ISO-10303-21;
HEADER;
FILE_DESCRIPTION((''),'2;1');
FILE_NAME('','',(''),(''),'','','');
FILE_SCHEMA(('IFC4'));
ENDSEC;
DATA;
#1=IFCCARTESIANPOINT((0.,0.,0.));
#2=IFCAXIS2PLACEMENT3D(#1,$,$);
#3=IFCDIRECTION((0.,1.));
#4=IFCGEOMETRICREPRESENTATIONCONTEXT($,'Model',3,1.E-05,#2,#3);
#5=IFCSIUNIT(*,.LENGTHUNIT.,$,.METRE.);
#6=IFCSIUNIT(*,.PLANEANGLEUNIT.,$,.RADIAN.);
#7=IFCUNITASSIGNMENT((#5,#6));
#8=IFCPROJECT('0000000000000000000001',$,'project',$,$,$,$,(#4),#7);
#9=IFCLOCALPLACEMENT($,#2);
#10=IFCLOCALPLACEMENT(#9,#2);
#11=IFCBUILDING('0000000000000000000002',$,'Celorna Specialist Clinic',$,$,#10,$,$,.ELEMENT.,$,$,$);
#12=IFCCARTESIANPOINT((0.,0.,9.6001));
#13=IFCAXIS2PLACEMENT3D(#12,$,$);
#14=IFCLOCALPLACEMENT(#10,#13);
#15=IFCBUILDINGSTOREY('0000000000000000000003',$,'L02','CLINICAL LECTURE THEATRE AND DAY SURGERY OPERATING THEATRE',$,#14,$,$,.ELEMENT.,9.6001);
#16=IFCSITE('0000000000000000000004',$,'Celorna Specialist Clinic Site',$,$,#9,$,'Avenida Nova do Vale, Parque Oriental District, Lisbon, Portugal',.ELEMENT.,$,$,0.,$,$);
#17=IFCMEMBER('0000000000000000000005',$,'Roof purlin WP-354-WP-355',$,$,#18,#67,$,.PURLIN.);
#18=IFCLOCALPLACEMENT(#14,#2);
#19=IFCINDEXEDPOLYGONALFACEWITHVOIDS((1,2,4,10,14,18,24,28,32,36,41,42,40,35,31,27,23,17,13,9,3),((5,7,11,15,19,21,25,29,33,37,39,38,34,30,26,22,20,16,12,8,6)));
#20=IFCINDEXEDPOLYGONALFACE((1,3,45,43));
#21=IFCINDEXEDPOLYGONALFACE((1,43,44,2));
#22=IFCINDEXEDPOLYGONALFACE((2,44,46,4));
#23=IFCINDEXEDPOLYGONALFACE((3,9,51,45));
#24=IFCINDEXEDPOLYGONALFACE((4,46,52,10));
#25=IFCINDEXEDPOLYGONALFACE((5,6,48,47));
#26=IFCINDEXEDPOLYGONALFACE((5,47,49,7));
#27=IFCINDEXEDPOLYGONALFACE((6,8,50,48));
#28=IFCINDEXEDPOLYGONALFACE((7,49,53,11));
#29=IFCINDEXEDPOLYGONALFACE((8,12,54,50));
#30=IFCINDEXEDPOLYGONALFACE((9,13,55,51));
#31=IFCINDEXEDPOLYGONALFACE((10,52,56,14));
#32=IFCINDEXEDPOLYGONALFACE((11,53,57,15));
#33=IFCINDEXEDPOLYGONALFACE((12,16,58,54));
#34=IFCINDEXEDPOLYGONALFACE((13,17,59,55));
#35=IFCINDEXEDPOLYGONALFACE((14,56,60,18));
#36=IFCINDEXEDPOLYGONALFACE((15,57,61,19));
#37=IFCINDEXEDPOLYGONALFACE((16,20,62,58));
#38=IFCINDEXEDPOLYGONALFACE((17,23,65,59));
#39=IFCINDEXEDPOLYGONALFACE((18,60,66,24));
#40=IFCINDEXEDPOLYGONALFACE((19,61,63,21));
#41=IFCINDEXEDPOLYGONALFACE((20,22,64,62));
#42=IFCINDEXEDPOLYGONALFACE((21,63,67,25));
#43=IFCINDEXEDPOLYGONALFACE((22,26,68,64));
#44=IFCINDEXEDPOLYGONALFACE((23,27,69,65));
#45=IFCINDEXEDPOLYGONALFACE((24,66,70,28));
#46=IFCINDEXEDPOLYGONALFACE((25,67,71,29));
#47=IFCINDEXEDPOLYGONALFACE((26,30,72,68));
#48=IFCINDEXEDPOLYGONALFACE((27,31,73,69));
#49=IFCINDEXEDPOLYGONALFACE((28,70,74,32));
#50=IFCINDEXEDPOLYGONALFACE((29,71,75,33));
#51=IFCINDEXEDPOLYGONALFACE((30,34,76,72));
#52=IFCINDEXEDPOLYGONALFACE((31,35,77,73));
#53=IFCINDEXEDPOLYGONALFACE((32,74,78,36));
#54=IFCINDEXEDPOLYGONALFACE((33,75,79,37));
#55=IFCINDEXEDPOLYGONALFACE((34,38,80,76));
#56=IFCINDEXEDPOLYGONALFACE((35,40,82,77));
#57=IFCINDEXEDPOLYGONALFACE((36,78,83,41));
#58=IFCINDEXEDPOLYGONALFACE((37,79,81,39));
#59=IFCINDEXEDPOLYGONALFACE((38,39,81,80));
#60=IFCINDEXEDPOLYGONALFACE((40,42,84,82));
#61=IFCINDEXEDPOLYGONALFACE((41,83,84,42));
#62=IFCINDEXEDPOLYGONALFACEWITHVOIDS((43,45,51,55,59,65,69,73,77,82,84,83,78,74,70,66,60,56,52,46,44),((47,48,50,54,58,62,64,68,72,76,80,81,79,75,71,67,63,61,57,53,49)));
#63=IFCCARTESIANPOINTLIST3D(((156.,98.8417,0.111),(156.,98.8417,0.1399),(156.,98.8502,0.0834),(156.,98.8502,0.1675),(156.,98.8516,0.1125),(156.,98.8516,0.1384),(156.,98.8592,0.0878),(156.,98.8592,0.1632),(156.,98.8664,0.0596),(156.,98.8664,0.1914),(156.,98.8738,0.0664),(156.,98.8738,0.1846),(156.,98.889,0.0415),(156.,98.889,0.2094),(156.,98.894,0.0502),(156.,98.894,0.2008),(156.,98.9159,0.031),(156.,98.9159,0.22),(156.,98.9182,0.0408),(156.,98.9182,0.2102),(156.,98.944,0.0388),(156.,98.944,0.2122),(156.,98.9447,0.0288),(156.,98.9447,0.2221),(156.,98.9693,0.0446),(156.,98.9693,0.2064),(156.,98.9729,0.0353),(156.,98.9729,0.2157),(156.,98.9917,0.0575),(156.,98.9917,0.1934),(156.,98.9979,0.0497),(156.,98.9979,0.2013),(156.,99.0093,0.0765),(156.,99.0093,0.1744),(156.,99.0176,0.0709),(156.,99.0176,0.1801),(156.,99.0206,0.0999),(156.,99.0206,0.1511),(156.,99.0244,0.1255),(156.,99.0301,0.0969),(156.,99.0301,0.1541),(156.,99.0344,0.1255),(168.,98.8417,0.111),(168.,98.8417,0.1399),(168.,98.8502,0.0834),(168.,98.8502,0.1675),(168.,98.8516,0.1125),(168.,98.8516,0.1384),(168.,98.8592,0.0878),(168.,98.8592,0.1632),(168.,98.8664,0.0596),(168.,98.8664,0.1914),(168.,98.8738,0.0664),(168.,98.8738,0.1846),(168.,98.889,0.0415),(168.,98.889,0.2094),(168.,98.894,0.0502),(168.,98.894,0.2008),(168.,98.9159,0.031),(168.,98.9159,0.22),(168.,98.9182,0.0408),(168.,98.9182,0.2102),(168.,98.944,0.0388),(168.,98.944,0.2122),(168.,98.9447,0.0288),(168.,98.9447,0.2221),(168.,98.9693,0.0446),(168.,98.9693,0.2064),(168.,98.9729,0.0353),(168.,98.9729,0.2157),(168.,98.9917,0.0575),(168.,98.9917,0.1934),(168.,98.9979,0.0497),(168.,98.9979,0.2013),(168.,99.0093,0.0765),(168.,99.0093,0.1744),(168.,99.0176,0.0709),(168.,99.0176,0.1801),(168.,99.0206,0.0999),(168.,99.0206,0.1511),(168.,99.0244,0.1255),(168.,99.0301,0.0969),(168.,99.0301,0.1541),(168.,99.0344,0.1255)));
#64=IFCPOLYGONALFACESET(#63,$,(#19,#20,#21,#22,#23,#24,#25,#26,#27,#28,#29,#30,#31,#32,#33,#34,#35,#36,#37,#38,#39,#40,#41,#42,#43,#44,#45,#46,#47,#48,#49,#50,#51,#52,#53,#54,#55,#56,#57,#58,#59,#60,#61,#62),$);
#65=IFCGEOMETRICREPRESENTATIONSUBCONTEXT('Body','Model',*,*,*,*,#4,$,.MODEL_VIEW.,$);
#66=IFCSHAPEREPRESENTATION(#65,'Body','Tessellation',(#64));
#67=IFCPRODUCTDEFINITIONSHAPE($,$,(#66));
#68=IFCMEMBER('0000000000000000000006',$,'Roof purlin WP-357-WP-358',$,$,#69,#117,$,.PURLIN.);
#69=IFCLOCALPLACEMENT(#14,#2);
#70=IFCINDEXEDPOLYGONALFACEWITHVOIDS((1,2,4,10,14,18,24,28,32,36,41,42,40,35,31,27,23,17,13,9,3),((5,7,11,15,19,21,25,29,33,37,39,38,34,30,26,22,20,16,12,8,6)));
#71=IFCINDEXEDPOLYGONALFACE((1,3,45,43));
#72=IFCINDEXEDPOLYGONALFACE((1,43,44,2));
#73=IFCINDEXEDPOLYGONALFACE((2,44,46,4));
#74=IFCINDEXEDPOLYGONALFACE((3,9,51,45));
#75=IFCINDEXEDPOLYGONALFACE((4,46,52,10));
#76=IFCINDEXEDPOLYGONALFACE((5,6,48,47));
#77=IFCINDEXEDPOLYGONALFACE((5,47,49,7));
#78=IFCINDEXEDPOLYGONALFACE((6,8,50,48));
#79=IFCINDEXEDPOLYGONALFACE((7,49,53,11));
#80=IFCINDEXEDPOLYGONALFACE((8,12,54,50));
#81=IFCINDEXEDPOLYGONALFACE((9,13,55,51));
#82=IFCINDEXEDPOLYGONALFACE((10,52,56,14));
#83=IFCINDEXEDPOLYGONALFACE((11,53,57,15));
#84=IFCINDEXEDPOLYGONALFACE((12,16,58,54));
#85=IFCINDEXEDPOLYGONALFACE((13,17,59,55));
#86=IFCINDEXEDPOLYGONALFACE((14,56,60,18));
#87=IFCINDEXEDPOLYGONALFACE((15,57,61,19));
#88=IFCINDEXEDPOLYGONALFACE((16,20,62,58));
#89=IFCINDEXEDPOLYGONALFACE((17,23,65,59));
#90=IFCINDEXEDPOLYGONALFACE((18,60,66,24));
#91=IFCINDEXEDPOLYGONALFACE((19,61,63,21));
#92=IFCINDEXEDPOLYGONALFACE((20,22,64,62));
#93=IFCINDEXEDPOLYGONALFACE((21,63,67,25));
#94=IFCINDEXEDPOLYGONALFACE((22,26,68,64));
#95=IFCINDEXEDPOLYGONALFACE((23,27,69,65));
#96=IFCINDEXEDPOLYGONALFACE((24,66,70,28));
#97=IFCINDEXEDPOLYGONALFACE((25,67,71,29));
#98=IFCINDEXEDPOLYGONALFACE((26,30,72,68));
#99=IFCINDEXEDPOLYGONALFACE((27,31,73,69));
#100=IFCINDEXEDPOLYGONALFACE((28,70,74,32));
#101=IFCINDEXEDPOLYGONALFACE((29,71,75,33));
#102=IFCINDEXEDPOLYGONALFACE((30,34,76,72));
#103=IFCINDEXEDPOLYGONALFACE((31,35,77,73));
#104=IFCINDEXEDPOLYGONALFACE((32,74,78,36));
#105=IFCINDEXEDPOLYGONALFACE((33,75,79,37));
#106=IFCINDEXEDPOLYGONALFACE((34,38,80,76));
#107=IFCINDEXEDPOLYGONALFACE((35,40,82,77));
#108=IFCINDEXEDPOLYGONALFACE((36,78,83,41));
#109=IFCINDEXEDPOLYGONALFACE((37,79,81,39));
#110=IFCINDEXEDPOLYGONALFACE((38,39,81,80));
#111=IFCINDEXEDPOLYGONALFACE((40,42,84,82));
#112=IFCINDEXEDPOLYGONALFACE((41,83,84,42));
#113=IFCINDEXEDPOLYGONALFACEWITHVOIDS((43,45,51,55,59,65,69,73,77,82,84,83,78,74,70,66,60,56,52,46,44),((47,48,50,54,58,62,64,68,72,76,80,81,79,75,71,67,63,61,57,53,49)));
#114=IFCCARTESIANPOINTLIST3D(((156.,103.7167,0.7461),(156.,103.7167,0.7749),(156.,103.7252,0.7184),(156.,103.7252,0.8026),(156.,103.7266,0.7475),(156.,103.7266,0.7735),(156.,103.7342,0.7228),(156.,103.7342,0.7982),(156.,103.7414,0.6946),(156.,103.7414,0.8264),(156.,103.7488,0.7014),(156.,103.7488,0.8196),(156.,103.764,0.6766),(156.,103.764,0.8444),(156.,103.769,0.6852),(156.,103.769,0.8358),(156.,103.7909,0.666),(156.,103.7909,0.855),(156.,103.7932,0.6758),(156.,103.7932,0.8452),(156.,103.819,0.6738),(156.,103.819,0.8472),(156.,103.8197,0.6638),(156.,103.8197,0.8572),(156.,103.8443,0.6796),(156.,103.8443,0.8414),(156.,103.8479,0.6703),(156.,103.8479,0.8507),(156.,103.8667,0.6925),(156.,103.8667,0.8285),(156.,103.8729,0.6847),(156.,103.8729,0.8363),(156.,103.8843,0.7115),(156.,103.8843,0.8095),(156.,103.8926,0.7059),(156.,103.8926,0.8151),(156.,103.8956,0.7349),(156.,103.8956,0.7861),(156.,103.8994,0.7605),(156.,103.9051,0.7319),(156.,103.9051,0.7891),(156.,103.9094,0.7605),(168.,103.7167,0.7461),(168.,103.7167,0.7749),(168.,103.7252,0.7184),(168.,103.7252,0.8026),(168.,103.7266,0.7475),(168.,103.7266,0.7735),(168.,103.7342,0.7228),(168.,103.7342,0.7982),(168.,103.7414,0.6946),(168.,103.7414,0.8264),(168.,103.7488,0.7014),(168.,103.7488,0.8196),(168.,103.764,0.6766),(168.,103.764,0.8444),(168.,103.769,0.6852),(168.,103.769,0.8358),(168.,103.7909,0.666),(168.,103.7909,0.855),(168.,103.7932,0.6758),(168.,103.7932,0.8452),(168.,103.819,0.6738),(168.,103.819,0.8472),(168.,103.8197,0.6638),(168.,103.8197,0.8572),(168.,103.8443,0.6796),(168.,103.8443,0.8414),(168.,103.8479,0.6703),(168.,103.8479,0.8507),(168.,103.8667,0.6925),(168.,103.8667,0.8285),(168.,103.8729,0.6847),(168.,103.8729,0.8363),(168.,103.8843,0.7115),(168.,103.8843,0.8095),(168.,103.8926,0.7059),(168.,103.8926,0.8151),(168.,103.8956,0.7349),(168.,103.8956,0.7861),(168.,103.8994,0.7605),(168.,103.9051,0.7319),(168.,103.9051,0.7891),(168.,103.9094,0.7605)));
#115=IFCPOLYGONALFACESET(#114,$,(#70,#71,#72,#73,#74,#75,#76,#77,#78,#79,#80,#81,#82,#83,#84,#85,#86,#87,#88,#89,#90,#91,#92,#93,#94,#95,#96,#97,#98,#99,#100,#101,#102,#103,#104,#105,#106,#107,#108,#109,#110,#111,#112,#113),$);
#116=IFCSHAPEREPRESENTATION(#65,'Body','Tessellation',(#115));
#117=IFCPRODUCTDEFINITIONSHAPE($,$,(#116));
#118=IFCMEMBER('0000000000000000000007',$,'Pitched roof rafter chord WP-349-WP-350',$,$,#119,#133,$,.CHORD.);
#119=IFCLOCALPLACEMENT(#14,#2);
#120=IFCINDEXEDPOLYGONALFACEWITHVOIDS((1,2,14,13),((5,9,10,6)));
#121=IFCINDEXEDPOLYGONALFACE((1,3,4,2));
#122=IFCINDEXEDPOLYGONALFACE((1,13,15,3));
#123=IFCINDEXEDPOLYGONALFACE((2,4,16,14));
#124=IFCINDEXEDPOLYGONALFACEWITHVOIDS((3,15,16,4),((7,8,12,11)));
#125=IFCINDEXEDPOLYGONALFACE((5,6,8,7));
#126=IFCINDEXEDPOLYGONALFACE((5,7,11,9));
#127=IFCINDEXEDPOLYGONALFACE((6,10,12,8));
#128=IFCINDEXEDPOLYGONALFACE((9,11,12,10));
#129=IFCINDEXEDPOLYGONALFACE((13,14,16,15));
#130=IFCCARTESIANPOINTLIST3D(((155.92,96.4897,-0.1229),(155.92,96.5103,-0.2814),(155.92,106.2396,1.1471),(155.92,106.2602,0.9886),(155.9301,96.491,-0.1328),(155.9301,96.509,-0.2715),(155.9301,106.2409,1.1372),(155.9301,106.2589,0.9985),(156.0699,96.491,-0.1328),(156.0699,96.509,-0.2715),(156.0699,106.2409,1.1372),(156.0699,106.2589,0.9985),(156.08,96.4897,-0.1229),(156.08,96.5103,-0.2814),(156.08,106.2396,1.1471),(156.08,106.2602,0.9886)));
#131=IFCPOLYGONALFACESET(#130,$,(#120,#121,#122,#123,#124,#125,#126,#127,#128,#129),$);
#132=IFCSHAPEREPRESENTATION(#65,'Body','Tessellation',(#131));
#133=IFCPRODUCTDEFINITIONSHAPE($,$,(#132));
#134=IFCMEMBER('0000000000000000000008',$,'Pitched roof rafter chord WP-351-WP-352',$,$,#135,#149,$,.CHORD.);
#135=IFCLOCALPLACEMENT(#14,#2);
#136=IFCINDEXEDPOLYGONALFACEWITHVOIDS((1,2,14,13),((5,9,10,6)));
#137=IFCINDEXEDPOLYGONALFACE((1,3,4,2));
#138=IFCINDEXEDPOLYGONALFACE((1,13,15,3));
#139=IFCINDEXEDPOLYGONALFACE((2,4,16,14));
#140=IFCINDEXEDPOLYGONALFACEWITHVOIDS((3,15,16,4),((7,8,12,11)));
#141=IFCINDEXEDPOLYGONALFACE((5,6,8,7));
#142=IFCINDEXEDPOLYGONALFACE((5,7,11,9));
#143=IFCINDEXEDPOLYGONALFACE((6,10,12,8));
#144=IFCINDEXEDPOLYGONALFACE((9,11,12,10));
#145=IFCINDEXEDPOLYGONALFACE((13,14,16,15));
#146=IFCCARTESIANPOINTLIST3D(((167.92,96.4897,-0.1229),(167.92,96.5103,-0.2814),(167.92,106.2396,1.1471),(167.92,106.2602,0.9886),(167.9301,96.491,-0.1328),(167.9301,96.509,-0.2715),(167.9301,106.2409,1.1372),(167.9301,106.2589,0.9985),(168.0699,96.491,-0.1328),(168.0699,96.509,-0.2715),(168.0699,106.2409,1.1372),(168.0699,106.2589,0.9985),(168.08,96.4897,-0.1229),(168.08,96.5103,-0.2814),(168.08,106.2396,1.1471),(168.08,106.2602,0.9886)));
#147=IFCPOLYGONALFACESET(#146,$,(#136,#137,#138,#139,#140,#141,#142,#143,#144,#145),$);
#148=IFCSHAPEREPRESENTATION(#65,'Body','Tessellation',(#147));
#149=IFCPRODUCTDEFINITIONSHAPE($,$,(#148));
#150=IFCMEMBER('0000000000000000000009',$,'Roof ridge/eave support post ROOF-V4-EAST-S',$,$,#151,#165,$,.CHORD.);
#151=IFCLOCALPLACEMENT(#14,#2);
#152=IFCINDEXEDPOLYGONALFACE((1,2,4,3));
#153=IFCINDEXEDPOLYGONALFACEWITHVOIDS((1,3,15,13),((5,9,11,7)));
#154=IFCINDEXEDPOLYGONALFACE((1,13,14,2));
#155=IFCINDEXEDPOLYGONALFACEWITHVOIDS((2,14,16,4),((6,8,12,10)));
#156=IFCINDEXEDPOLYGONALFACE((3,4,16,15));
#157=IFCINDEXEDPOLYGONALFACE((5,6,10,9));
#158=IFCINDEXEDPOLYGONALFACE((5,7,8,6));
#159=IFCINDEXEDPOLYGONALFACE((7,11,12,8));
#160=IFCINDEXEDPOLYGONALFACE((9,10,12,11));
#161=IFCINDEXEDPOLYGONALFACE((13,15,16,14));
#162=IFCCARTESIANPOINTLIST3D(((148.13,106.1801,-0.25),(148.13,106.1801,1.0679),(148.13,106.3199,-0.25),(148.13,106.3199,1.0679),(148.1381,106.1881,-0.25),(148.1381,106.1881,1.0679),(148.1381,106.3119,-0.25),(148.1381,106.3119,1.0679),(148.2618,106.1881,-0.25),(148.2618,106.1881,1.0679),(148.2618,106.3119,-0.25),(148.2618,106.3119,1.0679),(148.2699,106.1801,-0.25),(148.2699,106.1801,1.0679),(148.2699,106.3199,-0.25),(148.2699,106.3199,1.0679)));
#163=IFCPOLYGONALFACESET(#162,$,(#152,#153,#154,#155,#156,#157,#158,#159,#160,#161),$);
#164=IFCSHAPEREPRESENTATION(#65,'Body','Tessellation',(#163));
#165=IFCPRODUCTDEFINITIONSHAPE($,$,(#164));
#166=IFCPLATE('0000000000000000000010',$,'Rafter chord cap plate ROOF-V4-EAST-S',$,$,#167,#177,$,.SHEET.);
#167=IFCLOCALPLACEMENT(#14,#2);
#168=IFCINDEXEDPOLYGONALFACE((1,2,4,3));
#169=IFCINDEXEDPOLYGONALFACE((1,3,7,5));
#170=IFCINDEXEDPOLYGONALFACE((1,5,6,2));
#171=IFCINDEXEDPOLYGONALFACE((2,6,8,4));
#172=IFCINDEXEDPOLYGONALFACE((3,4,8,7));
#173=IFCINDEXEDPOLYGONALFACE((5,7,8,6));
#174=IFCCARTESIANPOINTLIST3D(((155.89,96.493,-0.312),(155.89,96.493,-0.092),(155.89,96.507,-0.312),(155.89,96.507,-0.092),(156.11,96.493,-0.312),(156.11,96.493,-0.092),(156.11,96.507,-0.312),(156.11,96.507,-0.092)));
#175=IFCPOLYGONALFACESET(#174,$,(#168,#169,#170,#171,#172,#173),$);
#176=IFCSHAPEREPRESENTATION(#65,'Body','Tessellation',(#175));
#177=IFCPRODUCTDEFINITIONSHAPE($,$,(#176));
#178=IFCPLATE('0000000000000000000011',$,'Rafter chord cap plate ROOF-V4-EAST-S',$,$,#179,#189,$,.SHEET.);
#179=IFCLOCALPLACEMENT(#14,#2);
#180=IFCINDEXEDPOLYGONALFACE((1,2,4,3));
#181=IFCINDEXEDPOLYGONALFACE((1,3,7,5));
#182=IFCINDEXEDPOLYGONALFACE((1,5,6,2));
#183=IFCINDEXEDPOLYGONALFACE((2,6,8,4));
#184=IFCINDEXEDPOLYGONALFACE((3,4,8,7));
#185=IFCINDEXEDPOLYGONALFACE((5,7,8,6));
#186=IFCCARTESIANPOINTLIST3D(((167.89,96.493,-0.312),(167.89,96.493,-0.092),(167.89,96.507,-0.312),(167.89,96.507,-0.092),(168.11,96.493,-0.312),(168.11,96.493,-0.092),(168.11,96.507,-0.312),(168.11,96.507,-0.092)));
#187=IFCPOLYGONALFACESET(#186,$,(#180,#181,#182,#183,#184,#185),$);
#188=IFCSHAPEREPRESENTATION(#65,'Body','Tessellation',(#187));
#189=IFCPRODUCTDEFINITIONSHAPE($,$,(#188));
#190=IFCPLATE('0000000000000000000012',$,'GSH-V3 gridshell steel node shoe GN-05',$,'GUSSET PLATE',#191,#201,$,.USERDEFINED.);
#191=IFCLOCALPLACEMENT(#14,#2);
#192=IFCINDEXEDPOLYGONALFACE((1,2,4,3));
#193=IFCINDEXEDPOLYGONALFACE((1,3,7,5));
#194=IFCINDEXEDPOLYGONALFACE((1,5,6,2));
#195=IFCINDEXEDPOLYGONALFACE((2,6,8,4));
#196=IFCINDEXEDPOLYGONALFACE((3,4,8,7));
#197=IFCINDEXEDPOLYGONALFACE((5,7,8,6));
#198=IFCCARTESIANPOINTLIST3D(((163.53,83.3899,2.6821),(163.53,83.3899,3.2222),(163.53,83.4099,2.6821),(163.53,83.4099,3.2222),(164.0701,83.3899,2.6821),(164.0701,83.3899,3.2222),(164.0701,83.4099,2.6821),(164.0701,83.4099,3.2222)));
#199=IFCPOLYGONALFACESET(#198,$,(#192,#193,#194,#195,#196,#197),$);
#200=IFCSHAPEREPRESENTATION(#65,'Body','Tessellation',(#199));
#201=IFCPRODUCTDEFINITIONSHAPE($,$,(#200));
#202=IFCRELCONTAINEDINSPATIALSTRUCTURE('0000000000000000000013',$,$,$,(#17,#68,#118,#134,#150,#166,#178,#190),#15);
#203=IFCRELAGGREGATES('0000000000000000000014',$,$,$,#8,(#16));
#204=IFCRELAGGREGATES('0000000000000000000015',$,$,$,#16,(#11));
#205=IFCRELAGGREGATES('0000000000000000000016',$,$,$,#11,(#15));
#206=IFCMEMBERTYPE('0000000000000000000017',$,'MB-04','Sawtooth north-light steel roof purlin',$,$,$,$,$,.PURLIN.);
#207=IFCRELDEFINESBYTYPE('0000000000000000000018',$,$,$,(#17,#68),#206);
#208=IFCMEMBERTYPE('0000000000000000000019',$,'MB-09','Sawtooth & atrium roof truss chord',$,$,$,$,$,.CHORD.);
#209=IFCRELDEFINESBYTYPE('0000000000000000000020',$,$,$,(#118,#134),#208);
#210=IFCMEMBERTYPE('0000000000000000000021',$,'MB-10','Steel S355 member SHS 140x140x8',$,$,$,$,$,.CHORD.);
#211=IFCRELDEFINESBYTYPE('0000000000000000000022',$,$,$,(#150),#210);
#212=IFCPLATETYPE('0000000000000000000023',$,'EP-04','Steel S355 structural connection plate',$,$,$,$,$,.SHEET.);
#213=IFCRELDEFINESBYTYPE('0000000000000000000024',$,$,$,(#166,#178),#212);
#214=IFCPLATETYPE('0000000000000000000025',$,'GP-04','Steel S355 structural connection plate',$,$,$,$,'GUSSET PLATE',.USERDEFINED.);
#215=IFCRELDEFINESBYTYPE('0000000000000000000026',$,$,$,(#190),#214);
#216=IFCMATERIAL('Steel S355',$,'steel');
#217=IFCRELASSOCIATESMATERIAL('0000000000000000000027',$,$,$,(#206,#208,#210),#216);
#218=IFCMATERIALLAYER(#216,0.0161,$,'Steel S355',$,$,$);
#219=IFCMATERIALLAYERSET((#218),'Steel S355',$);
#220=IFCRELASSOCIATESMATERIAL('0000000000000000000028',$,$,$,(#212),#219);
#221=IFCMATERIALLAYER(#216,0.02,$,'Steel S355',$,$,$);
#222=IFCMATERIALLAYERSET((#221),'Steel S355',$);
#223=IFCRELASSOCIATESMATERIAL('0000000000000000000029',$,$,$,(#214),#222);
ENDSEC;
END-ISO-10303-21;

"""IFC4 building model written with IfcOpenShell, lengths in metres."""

from ifc_helpers import new_model, si_unit, direction, frame, origin, origin_2d, place, context, subcontext, project, spatial, rectangle, hollow_rectangle, hollow_circle, extrude, material, layer, layer_set, material_profile, profile_set, type_object, element, save


model = new_model("IFC4")

# Units and contexts
model_context = context("Model", 3, precision=1e-05, world=origin(), true_north=direction((0.0, 1.0)))
body_context = subcontext(model_context, "Body", "Model", "MODEL_VIEW")
ifc_project = project(units=[si_unit("LENGTHUNIT", "METRE"), si_unit("PLANEANGLEUNIT", "RADIAN")], contexts=[model_context])

# Site, building, storey
site_placement = place(None, origin())
site = spatial("IfcSite", under=ifc_project, at=site_placement, Name="Celorna Specialist Clinic Site", LongName="Avenida Nova do Vale, Parque Oriental District, Lisbon, Portugal", CompositionType="ELEMENT", RefElevation=0.0)
building_placement = place(site_placement, origin())
building = spatial("IfcBuilding", under=site, at=building_placement, Name="Celorna Specialist Clinic", CompositionType="ELEMENT")
storey_placement = place(building_placement, frame((0.0, 0.0, 9.6001)))
storey = spatial("IfcBuildingStorey", under=building, at=storey_placement, Name="L02", Description="CLINICAL LECTURE THEATRE AND DAY SURGERY OPERATING THEATRE", CompositionType="ELEMENT", Elevation=9.6001)

# Shared definitions
ifc_material = material(Name="Steel S355", Category="steel")

# Members
ifc_material_profile_1 = material_profile(ifc_material, hollow_circle(Radius=0.0969, WallThickness=0.01, at=origin_2d()), Name="CHS 193.7x10")
ifc_profile_set_1 = profile_set([ifc_material_profile_1], Name="Steel S355")
member_type_1 = type_object("IfcMemberType", Name="MB-04", Description="Sawtooth north-light steel roof purlin", PredefinedType="PURLIN", material=ifc_profile_set_1)
for number, where, z_axis, x_axis, name in (
    (1, (156.0, 98.9375, 0.1255), (1.0, 0.0, 0.0), (0.0, 1.0, 0.0), "Roof purlin WP-354-WP-355"),
    (2, (156.0, 103.8125, 0.7605), (1.0, 0.0, 0.0), (0.0, 1.0, 0.0), "Roof purlin WP-357-WP-358"),
):
    element("IfcMember", number, at=place(storey_placement, frame(where, z_axis=z_axis, x_axis=x_axis)), inside=storey, type_object=member_type_1, Name=name, PredefinedType="PURLIN", context=body_context, shape_type="SweptSolid", body=[
        extrude(hollow_circle(Radius=0.0969, WallThickness=0.01, at=origin_2d()), origin(), (0.0, 0.0, 1.0), 12.0),
    ])
ifc_material_profile_2 = material_profile(ifc_material, hollow_rectangle(XDim=0.1599, YDim=0.1599, WallThickness=0.01, at=origin_2d()), Name="SHS 160x160x10")
ifc_profile_set_2 = profile_set([ifc_material_profile_2], Name="Steel S355")
member_type_2 = type_object("IfcMemberType", Name="MB-09", Description="Sawtooth & atrium roof truss chord", PredefinedType="CHORD", material=ifc_profile_set_2)
for number, where, z_axis, x_axis, name in (
    (3, (156.0, 96.5, -0.2021), (0.0, 0.991623, 0.129167), (-1.0, 0.0, 0.0), "Pitched roof rafter chord WP-349-WP-350"),
    (4, (168.0, 96.5, -0.2021), (0.0, 0.991623, 0.129167), (-1.0, 0.0, 0.0), "Pitched roof rafter chord WP-351-WP-352"),
):
    element("IfcMember", number, at=place(storey_placement, frame(where, z_axis=z_axis, x_axis=x_axis)), inside=storey, type_object=member_type_2, Name=name, PredefinedType="CHORD", context=body_context, shape_type="SweptSolid", body=[
        extrude(hollow_rectangle(XDim=0.1599, YDim=0.1599, WallThickness=0.01, at=origin_2d()), origin(), (0.0, 0.0, 1.0), 9.8323),
    ])
ifc_material_profile_3 = material_profile(ifc_material, hollow_rectangle(XDim=0.1399, YDim=0.1399, WallThickness=0.0081, at=origin_2d()), Name="SHS 140x140x8")
ifc_profile_set_3 = profile_set([ifc_material_profile_3], Name="Steel S355")
member_type_3 = type_object("IfcMemberType", Name="MB-10", Description="Steel S355 member SHS 140x140x8", PredefinedType="CHORD", material=ifc_profile_set_3)
member_1_placement = place(storey_placement, frame((148.2, 106.25, -0.25), z_axis=(0.0, 0.0, 1.0), x_axis=(1.0, 0.0, 0.0)))
element("IfcMember", 5, at=member_1_placement, inside=storey, type_object=member_type_3, Name="Roof ridge/eave support post ROOF-V4-EAST-S", PredefinedType="CHORD", context=body_context, shape_type="SweptSolid", body=[
    extrude(hollow_rectangle(XDim=0.1399, YDim=0.1399, WallThickness=0.0081, at=origin_2d()), origin(), (0.0, 0.0, 1.0), 1.3179),
])

# Plates
ifc_layer_1 = layer(ifc_material, 0.0161, Name="Steel S355")
ifc_layer_set_1 = layer_set([ifc_layer_1], Name="Steel S355")
plate_type_1 = type_object("IfcPlateType", Name="EP-04", Description="Steel S355 structural connection plate", PredefinedType="SHEET", material=ifc_layer_set_1)
for number, where, z_axis, x_axis, name in (
    (6, (156.0, 96.5, -0.312), (0.0, 0.0, 1.0), (1.0, 0.0, 0.0), "Rafter chord cap plate ROOF-V4-EAST-S"),
    (7, (168.0, 96.5, -0.312), (0.0, 0.0, 1.0), (1.0, 0.0, 0.0), "Rafter chord cap plate ROOF-V4-EAST-S"),
):
    element("IfcPlate", number, at=place(storey_placement, frame(where, z_axis=z_axis, x_axis=x_axis)), inside=storey, type_object=plate_type_1, Name=name, PredefinedType="SHEET", context=body_context, shape_type="SweptSolid", body=[
        extrude(rectangle(XDim=0.22, YDim=0.0139, at=origin_2d()), origin(), (0.0, 0.0, 1.0), 0.22),
    ])
ifc_layer_2 = layer(ifc_material, 0.02, Name="Steel S355")
ifc_layer_set_2 = layer_set([ifc_layer_2], Name="Steel S355")
plate_type_2 = type_object("IfcPlateType", Name="GP-04", Description="Steel S355 structural connection plate", ElementType="GUSSET PLATE", PredefinedType="USERDEFINED", material=ifc_layer_set_2)
plate_1_placement = place(storey_placement, frame((163.8, 83.3999, 2.6821), z_axis=(0.0, 0.0, 1.0), x_axis=(1.0, 0.0, 0.0)))
element("IfcPlate", 8, at=plate_1_placement, inside=storey, type_object=plate_type_2, Name="GSH-V3 gridshell steel node shoe GN-05", ObjectType="GUSSET PLATE", PredefinedType="USERDEFINED", context=body_context, shape_type="SweptSolid", body=[
    extrude(rectangle(XDim=0.54, YDim=0.02, at=origin_2d()), origin(), (0.0, 0.0, 1.0), 0.54),
])

save(model, "model.ifc")
